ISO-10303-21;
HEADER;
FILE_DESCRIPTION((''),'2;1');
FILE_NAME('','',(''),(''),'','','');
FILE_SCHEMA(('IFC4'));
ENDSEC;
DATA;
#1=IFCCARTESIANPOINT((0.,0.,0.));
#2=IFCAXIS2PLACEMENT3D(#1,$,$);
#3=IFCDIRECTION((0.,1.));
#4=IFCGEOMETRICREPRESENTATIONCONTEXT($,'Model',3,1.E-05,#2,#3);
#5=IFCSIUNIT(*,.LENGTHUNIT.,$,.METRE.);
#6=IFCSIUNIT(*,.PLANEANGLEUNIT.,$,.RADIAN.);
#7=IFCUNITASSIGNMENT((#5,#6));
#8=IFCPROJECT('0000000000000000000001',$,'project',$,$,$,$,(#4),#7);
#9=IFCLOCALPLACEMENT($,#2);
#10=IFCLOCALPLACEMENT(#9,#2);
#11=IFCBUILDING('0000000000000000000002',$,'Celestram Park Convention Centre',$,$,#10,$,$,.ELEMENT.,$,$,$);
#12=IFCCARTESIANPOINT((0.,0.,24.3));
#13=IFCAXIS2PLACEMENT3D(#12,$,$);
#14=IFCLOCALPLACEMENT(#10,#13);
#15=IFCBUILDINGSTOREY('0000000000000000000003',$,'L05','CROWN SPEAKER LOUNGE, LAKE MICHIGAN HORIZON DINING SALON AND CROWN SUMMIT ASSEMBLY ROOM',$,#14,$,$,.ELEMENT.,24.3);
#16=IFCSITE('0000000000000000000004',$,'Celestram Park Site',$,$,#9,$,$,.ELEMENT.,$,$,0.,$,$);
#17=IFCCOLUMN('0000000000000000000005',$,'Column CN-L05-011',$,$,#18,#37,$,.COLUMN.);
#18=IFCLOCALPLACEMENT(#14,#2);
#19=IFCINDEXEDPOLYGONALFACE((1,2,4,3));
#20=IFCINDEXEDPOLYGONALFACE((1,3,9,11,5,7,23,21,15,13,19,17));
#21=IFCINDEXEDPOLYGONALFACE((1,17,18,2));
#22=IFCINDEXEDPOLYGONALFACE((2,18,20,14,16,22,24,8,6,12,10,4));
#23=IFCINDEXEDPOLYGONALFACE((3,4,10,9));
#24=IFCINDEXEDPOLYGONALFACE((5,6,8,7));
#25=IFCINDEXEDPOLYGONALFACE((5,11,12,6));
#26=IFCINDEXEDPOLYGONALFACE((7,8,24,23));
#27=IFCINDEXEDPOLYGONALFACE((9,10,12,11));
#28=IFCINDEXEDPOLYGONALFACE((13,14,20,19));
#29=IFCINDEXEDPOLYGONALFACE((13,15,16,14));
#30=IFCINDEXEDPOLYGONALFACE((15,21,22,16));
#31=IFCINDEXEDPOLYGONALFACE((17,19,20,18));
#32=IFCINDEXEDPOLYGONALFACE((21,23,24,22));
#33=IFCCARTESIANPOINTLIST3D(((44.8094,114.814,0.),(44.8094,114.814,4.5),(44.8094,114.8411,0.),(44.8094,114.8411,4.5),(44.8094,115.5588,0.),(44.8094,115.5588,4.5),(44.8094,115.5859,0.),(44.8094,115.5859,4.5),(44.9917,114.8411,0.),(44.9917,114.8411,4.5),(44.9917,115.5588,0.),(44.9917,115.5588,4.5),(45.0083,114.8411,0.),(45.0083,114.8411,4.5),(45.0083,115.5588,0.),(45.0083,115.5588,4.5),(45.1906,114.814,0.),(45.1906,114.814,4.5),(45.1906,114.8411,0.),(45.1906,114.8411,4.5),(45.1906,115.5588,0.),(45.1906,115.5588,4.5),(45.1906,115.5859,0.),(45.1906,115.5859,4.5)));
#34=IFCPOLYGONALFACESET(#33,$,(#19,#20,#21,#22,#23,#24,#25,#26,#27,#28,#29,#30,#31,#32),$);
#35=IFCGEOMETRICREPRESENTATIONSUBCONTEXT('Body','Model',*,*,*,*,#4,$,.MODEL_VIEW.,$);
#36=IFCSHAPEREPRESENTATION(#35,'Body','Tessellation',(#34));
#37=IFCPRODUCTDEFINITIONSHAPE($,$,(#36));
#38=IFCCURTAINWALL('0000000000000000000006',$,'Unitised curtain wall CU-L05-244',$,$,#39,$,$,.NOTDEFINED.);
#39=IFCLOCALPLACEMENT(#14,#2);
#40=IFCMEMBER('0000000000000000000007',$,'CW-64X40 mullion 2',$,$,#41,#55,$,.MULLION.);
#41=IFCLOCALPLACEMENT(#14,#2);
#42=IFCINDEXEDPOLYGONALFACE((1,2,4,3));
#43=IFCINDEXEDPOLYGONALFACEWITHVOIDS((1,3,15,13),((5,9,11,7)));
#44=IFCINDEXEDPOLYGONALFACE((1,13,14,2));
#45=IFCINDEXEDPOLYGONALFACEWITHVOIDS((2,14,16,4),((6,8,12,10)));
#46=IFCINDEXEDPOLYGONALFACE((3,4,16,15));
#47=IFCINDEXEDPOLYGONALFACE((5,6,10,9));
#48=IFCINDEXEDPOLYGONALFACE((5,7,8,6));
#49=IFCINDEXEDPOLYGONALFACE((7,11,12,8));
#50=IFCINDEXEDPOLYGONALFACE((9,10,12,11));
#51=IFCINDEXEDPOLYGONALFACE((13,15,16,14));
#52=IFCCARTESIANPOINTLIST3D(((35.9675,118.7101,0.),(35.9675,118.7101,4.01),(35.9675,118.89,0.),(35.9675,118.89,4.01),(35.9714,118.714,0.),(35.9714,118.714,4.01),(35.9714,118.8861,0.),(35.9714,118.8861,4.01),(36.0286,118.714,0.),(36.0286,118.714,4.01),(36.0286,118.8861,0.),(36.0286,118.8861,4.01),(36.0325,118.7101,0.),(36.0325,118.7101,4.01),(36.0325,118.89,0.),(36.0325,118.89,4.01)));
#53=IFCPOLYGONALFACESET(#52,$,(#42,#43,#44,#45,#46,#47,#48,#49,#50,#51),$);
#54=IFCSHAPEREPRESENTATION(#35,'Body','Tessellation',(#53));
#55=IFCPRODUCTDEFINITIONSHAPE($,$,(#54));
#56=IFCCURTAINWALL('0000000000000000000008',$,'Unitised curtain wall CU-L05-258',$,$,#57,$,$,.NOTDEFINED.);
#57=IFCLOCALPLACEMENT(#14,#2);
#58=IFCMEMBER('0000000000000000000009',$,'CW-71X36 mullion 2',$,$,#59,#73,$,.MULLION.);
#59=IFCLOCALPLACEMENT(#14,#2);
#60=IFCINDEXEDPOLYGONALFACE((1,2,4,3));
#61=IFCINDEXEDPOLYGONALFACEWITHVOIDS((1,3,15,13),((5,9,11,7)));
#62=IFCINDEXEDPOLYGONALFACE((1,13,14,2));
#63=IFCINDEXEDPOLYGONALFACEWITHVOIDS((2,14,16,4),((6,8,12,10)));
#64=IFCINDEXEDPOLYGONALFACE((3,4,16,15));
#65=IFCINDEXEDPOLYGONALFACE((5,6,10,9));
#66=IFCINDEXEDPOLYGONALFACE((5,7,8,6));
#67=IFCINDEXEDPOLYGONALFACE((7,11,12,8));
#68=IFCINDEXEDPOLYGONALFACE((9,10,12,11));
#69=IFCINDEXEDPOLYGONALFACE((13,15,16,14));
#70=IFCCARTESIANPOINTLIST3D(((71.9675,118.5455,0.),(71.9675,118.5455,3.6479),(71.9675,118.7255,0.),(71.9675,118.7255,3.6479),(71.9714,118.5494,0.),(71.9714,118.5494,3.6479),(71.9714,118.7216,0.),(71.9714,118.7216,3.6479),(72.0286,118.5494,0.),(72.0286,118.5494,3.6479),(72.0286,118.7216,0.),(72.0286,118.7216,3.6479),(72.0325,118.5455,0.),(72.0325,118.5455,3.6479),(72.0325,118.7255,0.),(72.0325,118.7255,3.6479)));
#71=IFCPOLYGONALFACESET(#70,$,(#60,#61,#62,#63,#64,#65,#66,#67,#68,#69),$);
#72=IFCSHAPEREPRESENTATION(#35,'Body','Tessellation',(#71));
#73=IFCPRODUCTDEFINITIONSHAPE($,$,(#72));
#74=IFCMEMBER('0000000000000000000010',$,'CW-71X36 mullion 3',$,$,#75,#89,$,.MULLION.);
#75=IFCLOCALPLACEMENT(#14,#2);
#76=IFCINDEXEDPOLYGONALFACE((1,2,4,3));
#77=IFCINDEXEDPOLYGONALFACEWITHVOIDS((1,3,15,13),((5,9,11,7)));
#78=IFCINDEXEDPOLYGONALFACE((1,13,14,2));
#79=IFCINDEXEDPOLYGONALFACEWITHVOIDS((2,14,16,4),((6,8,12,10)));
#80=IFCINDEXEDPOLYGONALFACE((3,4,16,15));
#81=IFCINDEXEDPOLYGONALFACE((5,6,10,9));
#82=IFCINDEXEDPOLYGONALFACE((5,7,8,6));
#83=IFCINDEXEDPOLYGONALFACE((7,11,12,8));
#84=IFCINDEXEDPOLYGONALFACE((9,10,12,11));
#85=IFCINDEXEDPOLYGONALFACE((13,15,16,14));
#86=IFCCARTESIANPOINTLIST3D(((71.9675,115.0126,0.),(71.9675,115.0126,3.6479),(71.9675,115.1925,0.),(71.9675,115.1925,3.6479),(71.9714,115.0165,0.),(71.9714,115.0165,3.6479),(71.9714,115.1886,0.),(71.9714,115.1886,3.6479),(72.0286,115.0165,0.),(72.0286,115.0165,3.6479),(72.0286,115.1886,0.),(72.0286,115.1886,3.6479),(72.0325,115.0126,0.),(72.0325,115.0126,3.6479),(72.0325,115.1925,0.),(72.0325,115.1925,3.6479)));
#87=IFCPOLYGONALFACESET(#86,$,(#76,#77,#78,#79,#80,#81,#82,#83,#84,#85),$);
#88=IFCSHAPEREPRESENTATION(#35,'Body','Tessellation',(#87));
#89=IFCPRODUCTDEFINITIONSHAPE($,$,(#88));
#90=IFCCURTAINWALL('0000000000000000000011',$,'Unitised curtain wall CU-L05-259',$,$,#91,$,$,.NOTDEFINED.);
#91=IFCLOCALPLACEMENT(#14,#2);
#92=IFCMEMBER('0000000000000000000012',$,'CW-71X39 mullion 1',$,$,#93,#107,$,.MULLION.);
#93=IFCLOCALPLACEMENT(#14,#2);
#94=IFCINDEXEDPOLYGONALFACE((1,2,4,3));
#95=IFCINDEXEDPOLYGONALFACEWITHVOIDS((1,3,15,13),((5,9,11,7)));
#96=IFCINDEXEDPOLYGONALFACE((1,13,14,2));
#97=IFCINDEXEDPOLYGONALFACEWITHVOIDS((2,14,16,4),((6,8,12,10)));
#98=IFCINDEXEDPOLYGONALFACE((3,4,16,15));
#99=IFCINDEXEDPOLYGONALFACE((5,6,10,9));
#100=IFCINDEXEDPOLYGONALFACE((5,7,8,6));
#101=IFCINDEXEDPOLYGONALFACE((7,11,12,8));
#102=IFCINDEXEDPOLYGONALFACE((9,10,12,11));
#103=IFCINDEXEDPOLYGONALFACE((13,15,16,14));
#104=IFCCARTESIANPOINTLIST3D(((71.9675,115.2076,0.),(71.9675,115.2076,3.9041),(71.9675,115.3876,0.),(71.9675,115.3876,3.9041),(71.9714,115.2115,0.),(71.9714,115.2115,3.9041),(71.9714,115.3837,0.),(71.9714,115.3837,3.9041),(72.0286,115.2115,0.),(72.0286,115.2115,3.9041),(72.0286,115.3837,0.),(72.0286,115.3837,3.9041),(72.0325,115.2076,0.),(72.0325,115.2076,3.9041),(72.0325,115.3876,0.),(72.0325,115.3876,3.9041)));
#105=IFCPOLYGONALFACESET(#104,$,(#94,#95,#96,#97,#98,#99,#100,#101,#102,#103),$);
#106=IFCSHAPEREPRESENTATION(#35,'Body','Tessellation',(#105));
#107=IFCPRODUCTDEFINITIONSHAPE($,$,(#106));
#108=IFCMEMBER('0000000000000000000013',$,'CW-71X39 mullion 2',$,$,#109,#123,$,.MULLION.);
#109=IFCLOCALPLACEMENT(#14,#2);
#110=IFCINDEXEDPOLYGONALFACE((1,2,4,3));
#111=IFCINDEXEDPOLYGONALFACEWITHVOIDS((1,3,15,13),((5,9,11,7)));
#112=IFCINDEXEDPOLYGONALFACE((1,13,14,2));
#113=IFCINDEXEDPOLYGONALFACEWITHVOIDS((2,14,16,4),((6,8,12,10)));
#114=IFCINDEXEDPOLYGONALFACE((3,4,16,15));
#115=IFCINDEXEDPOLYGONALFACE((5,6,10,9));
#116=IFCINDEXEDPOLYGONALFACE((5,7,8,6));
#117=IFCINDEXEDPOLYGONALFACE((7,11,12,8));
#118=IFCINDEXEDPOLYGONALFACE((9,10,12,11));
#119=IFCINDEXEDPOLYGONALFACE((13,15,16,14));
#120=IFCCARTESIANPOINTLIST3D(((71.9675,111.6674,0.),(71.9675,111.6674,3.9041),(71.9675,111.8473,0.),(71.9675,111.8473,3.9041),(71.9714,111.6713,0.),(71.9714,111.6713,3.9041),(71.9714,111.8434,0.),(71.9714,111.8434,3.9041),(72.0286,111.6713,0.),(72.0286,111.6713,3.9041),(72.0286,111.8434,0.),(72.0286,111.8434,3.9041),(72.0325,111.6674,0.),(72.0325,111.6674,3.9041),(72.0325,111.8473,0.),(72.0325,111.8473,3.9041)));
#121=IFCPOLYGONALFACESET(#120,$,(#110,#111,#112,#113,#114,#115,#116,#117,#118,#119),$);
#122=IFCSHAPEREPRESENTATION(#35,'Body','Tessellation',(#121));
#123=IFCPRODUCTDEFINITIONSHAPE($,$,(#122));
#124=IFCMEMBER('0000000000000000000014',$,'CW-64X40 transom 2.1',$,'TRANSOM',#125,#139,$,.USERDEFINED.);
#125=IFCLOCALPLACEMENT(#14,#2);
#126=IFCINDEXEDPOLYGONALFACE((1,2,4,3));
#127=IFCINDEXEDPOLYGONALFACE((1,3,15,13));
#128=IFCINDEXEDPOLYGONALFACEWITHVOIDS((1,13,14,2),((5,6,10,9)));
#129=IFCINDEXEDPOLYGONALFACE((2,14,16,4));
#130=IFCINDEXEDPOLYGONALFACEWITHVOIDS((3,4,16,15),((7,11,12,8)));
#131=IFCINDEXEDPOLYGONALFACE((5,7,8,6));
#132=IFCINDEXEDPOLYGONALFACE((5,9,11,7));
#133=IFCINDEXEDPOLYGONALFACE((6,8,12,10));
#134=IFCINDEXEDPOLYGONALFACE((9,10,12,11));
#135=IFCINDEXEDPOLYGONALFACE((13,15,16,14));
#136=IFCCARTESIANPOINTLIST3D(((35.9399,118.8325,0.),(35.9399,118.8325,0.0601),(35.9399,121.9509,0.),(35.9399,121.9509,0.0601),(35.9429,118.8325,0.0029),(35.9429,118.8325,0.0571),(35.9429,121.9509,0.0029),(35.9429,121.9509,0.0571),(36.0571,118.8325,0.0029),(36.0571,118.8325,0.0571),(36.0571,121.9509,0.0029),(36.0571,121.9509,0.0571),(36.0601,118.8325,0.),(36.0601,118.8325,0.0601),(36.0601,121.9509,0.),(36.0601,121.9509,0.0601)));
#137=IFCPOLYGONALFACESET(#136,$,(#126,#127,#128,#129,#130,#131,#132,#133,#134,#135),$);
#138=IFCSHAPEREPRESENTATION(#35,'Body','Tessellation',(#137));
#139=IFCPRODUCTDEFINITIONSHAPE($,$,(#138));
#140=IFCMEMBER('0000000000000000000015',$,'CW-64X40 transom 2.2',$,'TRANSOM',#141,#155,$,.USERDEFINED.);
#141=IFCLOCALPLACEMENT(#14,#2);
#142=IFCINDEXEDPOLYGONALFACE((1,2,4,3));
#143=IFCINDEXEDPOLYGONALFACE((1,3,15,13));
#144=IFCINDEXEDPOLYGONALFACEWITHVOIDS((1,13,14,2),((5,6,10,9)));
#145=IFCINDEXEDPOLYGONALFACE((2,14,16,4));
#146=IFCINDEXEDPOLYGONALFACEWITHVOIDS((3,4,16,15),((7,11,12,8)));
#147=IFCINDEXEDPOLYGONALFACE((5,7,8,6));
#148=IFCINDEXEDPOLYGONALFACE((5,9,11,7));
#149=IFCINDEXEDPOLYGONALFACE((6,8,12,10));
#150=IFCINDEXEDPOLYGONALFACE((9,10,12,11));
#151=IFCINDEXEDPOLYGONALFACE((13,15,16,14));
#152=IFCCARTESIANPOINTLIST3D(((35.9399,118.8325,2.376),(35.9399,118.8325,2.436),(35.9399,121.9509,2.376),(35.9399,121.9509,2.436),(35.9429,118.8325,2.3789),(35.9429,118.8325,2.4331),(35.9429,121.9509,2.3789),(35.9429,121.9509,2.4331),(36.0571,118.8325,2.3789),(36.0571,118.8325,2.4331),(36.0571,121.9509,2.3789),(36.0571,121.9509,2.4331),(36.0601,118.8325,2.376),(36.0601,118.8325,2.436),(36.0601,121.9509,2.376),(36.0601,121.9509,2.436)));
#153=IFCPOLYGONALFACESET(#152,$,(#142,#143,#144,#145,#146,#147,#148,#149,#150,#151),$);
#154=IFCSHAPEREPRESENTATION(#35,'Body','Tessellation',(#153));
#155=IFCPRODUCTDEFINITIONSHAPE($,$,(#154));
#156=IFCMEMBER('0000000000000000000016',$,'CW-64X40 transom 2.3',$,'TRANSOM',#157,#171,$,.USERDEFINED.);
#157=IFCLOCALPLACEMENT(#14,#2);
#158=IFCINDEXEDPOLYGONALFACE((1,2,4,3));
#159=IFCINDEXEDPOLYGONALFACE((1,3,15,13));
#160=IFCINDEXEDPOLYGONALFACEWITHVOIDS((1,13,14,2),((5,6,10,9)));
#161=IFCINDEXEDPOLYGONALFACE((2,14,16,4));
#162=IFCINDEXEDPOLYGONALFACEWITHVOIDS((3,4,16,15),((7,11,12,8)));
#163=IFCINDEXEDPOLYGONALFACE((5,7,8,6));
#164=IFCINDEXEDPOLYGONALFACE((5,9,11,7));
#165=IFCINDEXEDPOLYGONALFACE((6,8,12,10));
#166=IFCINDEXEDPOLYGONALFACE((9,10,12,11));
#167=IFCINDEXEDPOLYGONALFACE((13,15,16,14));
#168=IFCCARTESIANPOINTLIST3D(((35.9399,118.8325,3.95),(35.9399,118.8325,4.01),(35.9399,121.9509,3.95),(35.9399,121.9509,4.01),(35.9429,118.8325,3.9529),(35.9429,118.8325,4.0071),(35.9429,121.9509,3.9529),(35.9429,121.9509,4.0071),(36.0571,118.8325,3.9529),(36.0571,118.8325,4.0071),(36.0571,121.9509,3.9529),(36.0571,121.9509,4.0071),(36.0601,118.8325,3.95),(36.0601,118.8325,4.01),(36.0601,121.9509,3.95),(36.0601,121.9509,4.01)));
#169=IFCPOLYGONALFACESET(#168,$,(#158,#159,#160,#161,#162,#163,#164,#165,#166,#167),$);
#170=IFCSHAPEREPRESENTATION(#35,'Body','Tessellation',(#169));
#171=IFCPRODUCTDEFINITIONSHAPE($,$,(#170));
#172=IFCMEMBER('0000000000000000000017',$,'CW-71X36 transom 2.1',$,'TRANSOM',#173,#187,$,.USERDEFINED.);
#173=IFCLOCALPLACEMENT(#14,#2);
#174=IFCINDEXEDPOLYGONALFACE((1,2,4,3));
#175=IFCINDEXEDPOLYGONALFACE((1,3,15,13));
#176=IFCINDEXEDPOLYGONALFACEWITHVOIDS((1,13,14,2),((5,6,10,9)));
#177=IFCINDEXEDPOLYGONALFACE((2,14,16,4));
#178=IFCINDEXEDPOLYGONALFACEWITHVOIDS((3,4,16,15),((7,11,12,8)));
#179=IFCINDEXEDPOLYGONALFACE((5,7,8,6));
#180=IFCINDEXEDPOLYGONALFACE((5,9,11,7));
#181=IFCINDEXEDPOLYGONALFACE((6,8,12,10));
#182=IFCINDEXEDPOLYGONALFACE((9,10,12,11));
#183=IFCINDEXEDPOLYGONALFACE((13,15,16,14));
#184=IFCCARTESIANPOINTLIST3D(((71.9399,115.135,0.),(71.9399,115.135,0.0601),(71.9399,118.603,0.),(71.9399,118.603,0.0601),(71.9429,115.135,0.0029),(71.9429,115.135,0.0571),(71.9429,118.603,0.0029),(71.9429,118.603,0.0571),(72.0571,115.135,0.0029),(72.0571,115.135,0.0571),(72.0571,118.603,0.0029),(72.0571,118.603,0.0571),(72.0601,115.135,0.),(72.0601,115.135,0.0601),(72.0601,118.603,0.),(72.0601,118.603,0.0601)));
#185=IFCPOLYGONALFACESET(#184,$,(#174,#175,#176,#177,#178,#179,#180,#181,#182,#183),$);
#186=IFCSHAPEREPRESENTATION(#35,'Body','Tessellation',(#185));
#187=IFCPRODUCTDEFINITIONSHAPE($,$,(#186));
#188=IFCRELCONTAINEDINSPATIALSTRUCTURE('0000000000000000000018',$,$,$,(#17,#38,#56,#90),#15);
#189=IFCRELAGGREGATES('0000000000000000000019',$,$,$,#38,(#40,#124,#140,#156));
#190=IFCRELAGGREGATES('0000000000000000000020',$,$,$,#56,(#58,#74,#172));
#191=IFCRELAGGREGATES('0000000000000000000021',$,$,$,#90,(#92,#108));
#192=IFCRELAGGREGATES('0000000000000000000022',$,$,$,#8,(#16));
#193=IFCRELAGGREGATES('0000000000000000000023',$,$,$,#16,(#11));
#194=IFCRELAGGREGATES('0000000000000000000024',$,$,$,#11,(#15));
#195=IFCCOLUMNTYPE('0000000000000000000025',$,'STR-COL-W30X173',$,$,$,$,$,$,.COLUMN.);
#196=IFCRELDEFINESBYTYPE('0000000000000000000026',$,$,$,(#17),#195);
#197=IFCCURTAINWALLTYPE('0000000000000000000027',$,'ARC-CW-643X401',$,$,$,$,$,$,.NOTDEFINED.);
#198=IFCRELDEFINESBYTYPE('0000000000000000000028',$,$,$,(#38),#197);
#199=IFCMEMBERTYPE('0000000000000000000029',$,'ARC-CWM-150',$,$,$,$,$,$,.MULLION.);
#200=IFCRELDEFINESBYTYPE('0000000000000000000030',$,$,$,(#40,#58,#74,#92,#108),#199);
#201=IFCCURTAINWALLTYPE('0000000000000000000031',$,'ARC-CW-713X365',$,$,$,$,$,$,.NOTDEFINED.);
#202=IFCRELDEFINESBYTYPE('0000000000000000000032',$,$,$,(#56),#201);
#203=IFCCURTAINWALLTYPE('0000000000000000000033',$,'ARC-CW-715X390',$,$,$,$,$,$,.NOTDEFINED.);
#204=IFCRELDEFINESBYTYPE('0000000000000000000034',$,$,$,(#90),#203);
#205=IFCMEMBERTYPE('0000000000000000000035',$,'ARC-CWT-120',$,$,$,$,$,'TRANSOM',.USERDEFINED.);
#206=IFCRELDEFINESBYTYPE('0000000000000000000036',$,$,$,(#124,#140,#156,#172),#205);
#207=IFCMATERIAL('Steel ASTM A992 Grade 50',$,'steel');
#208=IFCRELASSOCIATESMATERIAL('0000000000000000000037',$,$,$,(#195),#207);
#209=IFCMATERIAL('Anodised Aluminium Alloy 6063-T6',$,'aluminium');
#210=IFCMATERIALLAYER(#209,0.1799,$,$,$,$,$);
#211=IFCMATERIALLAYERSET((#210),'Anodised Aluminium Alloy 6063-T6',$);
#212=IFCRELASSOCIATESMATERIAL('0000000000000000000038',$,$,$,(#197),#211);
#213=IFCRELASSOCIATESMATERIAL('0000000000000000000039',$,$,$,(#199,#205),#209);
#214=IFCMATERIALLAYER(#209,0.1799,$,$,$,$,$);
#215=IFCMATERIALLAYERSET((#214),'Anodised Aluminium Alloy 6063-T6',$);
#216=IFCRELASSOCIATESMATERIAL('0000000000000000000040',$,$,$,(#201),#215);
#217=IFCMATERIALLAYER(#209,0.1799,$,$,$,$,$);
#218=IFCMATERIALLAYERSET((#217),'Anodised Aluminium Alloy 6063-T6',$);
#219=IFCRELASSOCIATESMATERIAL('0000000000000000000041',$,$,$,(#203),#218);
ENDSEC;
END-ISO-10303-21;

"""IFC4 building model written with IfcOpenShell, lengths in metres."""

from ifc_helpers import new_model, si_unit, direction, frame, origin, origin_2d, place, context, subcontext, project, spatial, hollow_rectangle, i_section, extrude, material, layer, layer_set, material_profile, profile_set, type_object, element, aggregate, save


model = new_model("IFC4")

# Units and contexts
model_context = context("Model", 3, precision=1e-05, world=origin(), true_north=direction((0.0, 1.0)))
body_context = subcontext(model_context, "Body", "Model", "MODEL_VIEW")
ifc_project = project(units=[si_unit("LENGTHUNIT", "METRE"), si_unit("PLANEANGLEUNIT", "RADIAN")], contexts=[model_context])

# Site, building, storey
site_placement = place(None, origin())
site = spatial("IfcSite", under=ifc_project, at=site_placement, Name="Celestram Park Site", CompositionType="ELEMENT", RefElevation=0.0)
building_placement = place(site_placement, origin())
building = spatial("IfcBuilding", under=site, at=building_placement, Name="Celestram Park Convention Centre", CompositionType="ELEMENT")
storey_placement = place(building_placement, frame((0.0, 0.0, 24.3)))
storey = spatial("IfcBuildingStorey", under=building, at=storey_placement, Name="L05", Description="CROWN SPEAKER LOUNGE, LAKE MICHIGAN HORIZON DINING SALON AND CROWN SUMMIT ASSEMBLY ROOM", CompositionType="ELEMENT", Elevation=24.3)

# Column
ifc_material_1 = material(Name="Steel ASTM A992 Grade 50", Category="steel")
ifc_material_profile_1 = material_profile(ifc_material_1, i_section(OverallWidth=0.3811, OverallDepth=0.772, WebThickness=0.0166, FlangeThickness=0.0271, at=origin_2d()), Name="W30X173")
ifc_profile_set_1 = profile_set([ifc_material_profile_1], Name="Steel ASTM A992 Grade 50")
column_type = type_object("IfcColumnType", Name="STR-COL-W30X173", PredefinedType="COLUMN", material=ifc_profile_set_1)
column_placement = place(storey_placement, frame((45.0, 115.2, 0.0), z_axis=(0.0, 0.0, 1.0), x_axis=(1.0, 0.0, 0.0)))
element("IfcColumn", 1, at=column_placement, inside=storey, type_object=column_type, Name="Column CN-L05-011", PredefinedType="COLUMN", context=body_context, shape_type="SweptSolid", body=[
    extrude(i_section(OverallWidth=0.3811, OverallDepth=0.772, WebThickness=0.0166, FlangeThickness=0.0271, at=origin_2d()), origin(), (0.0, 0.0, 1.0), 4.5),
])

# Curtain wall, member
ifc_material_2 = material(Name="Anodised Aluminium Alloy 6063-T6", Category="aluminium")
ifc_layer_1 = layer(ifc_material_2, 0.1799)
ifc_layer_set_1 = layer_set([ifc_layer_1], Name="Anodised Aluminium Alloy 6063-T6")
curtain_wall_type_1 = type_object("IfcCurtainWallType", Name="ARC-CW-643X401", PredefinedType="NOTDEFINED", material=ifc_layer_set_1)
curtain_wall_1_placement = place(storey_placement, origin())
curtain_wall_1 = element("IfcCurtainWall", 2, at=curtain_wall_1_placement, inside=storey, type_object=curtain_wall_type_1, Name="Unitised curtain wall CU-L05-244", PredefinedType="NOTDEFINED")
ifc_material_profile_2 = material_profile(ifc_material_2, hollow_rectangle(XDim=0.0649, YDim=0.1799, WallThickness=0.0039, at=origin_2d()), Name="ALU65X180X4")
ifc_profile_set_2 = profile_set([ifc_material_profile_2], Name="Anodised Aluminium Alloy 6063-T6")
member_type_1 = type_object("IfcMemberType", Name="ARC-CWM-150", PredefinedType="MULLION", material=ifc_profile_set_2)
member_1_placement = place(storey_placement, frame((36.0, 118.8, 0.0), z_axis=(0.0, 0.0, 1.0), x_axis=(-1.0, 0.0, 0.0)))
member_1 = element("IfcMember", 3, at=member_1_placement, type_object=member_type_1, Name="CW-64X40 mullion 2", PredefinedType="MULLION", context=body_context, shape_type="SweptSolid", body=[
    extrude(hollow_rectangle(XDim=0.0649, YDim=0.1799, WallThickness=0.0039, at=origin_2d()), origin(), (0.0, 0.0, 1.0), 4.01),
])

# Curtain walls, members
ifc_layer_2 = layer(ifc_material_2, 0.1799)
ifc_layer_set_2 = layer_set([ifc_layer_2], Name="Anodised Aluminium Alloy 6063-T6")
curtain_wall_type_2 = type_object("IfcCurtainWallType", Name="ARC-CW-713X365", PredefinedType="NOTDEFINED", material=ifc_layer_set_2)
curtain_wall_2_placement = place(storey_placement, origin())
curtain_wall_2 = element("IfcCurtainWall", 4, at=curtain_wall_2_placement, inside=storey, type_object=curtain_wall_type_2, Name="Unitised curtain wall CU-L05-258", PredefinedType="NOTDEFINED")
member_2_placement = place(storey_placement, frame((72.0, 118.6355, 0.0), z_axis=(0.0, 0.0, 1.0), x_axis=(1.0, 0.0, 0.0)))
member_2 = element("IfcMember", 5, at=member_2_placement, type_object=member_type_1, Name="CW-71X36 mullion 2", PredefinedType="MULLION", context=body_context, shape_type="SweptSolid", body=[
    extrude(hollow_rectangle(XDim=0.0649, YDim=0.1799, WallThickness=0.0039, at=origin_2d()), origin(), (0.0, 0.0, 1.0), 3.6479),
])
member_3_placement = place(storey_placement, frame((72.0, 115.1025, 0.0), z_axis=(0.0, 0.0, 1.0), x_axis=(1.0, 0.0, 0.0)))
member_3 = element("IfcMember", 6, at=member_3_placement, type_object=member_type_1, Name="CW-71X36 mullion 3", PredefinedType="MULLION", context=body_context, shape_type="SweptSolid", body=[
    extrude(hollow_rectangle(XDim=0.0649, YDim=0.1799, WallThickness=0.0039, at=origin_2d()), origin(), (0.0, 0.0, 1.0), 3.6479),
])
ifc_layer_3 = layer(ifc_material_2, 0.1799)
ifc_layer_set_3 = layer_set([ifc_layer_3], Name="Anodised Aluminium Alloy 6063-T6")
curtain_wall_type_3 = type_object("IfcCurtainWallType", Name="ARC-CW-715X390", PredefinedType="NOTDEFINED", material=ifc_layer_set_3)
curtain_wall_3_placement = place(storey_placement, origin())
curtain_wall_3 = element("IfcCurtainWall", 7, at=curtain_wall_3_placement, inside=storey, type_object=curtain_wall_type_3, Name="Unitised curtain wall CU-L05-259", PredefinedType="NOTDEFINED")
member_4_placement = place(storey_placement, frame((72.0, 115.2976, 0.0), z_axis=(0.0, 0.0, 1.0), x_axis=(1.0, 0.0, 0.0)))
member_4 = element("IfcMember", 8, at=member_4_placement, type_object=member_type_1, Name="CW-71X39 mullion 1", PredefinedType="MULLION", context=body_context, shape_type="SweptSolid", body=[
    extrude(hollow_rectangle(XDim=0.0649, YDim=0.1799, WallThickness=0.0039, at=origin_2d()), origin(), (0.0, 0.0, 1.0), 3.9041),
])
member_5_placement = place(storey_placement, frame((72.0, 111.7573, 0.0), z_axis=(0.0, 0.0, 1.0), x_axis=(1.0, 0.0, 0.0)))
member_5 = element("IfcMember", 9, at=member_5_placement, type_object=member_type_1, Name="CW-71X39 mullion 2", PredefinedType="MULLION", context=body_context, shape_type="SweptSolid", body=[
    extrude(hollow_rectangle(XDim=0.0649, YDim=0.1799, WallThickness=0.0039, at=origin_2d()), origin(), (0.0, 0.0, 1.0), 3.9041),
])

# Members
ifc_material_profile_3 = material_profile(ifc_material_2, hollow_rectangle(XDim=0.1201, YDim=0.0601, WallThickness=0.0029, at=origin_2d()), Name="ALU120X60X3")
ifc_profile_set_3 = profile_set([ifc_material_profile_3], Name="Anodised Aluminium Alloy 6063-T6")
member_type_2 = type_object("IfcMemberType", Name="ARC-CWT-120", ElementType="TRANSOM", PredefinedType="USERDEFINED", material=ifc_profile_set_3)
member_6_placement = place(storey_placement, frame((36.0, 118.8325, 0.03), z_axis=(0.0, 1.0, 0.0), x_axis=(-1.0, 0.0, 0.0)))
member_6 = element("IfcMember", 10, at=member_6_placement, type_object=member_type_2, Name="CW-64X40 transom 2.1", ObjectType="TRANSOM", PredefinedType="USERDEFINED", context=body_context, shape_type="SweptSolid", body=[
    extrude(hollow_rectangle(XDim=0.1201, YDim=0.0601, WallThickness=0.0029, at=origin_2d()), origin(), (0.0, 0.0, 1.0), 3.1184),
])
member_7_placement = place(storey_placement, frame((36.0, 118.8325, 2.406), z_axis=(0.0, 1.0, 0.0), x_axis=(-1.0, 0.0, 0.0)))
member_7 = element("IfcMember", 11, at=member_7_placement, type_object=member_type_2, Name="CW-64X40 transom 2.2", ObjectType="TRANSOM", PredefinedType="USERDEFINED", context=body_context, shape_type="SweptSolid", body=[
    extrude(hollow_rectangle(XDim=0.1201, YDim=0.0601, WallThickness=0.0029, at=origin_2d()), origin(), (0.0, 0.0, 1.0), 3.1184),
])
member_8_placement = place(storey_placement, frame((36.0, 118.8325, 3.98), z_axis=(0.0, 1.0, 0.0), x_axis=(-1.0, 0.0, 0.0)))
member_8 = element("IfcMember", 12, at=member_8_placement, type_object=member_type_2, Name="CW-64X40 transom 2.3", ObjectType="TRANSOM", PredefinedType="USERDEFINED", context=body_context, shape_type="SweptSolid", body=[
    extrude(hollow_rectangle(XDim=0.1201, YDim=0.0601, WallThickness=0.0029, at=origin_2d()), origin(), (0.0, 0.0, 1.0), 3.1184),
])
member_9_placement = place(storey_placement, frame((72.0, 118.603, 0.03), z_axis=(0.0, -1.0, 0.0), x_axis=(1.0, 0.0, 0.0)))
member_9 = element("IfcMember", 13, at=member_9_placement, type_object=member_type_2, Name="CW-71X36 transom 2.1", ObjectType="TRANSOM", PredefinedType="USERDEFINED", context=body_context, shape_type="SweptSolid", body=[
    extrude(hollow_rectangle(XDim=0.1201, YDim=0.0601, WallThickness=0.0029, at=origin_2d()), origin(), (0.0, 0.0, 1.0), 3.468),
])

aggregate(curtain_wall_1, [member_1, member_6, member_7, member_8])
aggregate(curtain_wall_2, [member_2, member_3, member_9])
aggregate(curtain_wall_3, [member_4, member_5])

save(model, "model.ifc")
